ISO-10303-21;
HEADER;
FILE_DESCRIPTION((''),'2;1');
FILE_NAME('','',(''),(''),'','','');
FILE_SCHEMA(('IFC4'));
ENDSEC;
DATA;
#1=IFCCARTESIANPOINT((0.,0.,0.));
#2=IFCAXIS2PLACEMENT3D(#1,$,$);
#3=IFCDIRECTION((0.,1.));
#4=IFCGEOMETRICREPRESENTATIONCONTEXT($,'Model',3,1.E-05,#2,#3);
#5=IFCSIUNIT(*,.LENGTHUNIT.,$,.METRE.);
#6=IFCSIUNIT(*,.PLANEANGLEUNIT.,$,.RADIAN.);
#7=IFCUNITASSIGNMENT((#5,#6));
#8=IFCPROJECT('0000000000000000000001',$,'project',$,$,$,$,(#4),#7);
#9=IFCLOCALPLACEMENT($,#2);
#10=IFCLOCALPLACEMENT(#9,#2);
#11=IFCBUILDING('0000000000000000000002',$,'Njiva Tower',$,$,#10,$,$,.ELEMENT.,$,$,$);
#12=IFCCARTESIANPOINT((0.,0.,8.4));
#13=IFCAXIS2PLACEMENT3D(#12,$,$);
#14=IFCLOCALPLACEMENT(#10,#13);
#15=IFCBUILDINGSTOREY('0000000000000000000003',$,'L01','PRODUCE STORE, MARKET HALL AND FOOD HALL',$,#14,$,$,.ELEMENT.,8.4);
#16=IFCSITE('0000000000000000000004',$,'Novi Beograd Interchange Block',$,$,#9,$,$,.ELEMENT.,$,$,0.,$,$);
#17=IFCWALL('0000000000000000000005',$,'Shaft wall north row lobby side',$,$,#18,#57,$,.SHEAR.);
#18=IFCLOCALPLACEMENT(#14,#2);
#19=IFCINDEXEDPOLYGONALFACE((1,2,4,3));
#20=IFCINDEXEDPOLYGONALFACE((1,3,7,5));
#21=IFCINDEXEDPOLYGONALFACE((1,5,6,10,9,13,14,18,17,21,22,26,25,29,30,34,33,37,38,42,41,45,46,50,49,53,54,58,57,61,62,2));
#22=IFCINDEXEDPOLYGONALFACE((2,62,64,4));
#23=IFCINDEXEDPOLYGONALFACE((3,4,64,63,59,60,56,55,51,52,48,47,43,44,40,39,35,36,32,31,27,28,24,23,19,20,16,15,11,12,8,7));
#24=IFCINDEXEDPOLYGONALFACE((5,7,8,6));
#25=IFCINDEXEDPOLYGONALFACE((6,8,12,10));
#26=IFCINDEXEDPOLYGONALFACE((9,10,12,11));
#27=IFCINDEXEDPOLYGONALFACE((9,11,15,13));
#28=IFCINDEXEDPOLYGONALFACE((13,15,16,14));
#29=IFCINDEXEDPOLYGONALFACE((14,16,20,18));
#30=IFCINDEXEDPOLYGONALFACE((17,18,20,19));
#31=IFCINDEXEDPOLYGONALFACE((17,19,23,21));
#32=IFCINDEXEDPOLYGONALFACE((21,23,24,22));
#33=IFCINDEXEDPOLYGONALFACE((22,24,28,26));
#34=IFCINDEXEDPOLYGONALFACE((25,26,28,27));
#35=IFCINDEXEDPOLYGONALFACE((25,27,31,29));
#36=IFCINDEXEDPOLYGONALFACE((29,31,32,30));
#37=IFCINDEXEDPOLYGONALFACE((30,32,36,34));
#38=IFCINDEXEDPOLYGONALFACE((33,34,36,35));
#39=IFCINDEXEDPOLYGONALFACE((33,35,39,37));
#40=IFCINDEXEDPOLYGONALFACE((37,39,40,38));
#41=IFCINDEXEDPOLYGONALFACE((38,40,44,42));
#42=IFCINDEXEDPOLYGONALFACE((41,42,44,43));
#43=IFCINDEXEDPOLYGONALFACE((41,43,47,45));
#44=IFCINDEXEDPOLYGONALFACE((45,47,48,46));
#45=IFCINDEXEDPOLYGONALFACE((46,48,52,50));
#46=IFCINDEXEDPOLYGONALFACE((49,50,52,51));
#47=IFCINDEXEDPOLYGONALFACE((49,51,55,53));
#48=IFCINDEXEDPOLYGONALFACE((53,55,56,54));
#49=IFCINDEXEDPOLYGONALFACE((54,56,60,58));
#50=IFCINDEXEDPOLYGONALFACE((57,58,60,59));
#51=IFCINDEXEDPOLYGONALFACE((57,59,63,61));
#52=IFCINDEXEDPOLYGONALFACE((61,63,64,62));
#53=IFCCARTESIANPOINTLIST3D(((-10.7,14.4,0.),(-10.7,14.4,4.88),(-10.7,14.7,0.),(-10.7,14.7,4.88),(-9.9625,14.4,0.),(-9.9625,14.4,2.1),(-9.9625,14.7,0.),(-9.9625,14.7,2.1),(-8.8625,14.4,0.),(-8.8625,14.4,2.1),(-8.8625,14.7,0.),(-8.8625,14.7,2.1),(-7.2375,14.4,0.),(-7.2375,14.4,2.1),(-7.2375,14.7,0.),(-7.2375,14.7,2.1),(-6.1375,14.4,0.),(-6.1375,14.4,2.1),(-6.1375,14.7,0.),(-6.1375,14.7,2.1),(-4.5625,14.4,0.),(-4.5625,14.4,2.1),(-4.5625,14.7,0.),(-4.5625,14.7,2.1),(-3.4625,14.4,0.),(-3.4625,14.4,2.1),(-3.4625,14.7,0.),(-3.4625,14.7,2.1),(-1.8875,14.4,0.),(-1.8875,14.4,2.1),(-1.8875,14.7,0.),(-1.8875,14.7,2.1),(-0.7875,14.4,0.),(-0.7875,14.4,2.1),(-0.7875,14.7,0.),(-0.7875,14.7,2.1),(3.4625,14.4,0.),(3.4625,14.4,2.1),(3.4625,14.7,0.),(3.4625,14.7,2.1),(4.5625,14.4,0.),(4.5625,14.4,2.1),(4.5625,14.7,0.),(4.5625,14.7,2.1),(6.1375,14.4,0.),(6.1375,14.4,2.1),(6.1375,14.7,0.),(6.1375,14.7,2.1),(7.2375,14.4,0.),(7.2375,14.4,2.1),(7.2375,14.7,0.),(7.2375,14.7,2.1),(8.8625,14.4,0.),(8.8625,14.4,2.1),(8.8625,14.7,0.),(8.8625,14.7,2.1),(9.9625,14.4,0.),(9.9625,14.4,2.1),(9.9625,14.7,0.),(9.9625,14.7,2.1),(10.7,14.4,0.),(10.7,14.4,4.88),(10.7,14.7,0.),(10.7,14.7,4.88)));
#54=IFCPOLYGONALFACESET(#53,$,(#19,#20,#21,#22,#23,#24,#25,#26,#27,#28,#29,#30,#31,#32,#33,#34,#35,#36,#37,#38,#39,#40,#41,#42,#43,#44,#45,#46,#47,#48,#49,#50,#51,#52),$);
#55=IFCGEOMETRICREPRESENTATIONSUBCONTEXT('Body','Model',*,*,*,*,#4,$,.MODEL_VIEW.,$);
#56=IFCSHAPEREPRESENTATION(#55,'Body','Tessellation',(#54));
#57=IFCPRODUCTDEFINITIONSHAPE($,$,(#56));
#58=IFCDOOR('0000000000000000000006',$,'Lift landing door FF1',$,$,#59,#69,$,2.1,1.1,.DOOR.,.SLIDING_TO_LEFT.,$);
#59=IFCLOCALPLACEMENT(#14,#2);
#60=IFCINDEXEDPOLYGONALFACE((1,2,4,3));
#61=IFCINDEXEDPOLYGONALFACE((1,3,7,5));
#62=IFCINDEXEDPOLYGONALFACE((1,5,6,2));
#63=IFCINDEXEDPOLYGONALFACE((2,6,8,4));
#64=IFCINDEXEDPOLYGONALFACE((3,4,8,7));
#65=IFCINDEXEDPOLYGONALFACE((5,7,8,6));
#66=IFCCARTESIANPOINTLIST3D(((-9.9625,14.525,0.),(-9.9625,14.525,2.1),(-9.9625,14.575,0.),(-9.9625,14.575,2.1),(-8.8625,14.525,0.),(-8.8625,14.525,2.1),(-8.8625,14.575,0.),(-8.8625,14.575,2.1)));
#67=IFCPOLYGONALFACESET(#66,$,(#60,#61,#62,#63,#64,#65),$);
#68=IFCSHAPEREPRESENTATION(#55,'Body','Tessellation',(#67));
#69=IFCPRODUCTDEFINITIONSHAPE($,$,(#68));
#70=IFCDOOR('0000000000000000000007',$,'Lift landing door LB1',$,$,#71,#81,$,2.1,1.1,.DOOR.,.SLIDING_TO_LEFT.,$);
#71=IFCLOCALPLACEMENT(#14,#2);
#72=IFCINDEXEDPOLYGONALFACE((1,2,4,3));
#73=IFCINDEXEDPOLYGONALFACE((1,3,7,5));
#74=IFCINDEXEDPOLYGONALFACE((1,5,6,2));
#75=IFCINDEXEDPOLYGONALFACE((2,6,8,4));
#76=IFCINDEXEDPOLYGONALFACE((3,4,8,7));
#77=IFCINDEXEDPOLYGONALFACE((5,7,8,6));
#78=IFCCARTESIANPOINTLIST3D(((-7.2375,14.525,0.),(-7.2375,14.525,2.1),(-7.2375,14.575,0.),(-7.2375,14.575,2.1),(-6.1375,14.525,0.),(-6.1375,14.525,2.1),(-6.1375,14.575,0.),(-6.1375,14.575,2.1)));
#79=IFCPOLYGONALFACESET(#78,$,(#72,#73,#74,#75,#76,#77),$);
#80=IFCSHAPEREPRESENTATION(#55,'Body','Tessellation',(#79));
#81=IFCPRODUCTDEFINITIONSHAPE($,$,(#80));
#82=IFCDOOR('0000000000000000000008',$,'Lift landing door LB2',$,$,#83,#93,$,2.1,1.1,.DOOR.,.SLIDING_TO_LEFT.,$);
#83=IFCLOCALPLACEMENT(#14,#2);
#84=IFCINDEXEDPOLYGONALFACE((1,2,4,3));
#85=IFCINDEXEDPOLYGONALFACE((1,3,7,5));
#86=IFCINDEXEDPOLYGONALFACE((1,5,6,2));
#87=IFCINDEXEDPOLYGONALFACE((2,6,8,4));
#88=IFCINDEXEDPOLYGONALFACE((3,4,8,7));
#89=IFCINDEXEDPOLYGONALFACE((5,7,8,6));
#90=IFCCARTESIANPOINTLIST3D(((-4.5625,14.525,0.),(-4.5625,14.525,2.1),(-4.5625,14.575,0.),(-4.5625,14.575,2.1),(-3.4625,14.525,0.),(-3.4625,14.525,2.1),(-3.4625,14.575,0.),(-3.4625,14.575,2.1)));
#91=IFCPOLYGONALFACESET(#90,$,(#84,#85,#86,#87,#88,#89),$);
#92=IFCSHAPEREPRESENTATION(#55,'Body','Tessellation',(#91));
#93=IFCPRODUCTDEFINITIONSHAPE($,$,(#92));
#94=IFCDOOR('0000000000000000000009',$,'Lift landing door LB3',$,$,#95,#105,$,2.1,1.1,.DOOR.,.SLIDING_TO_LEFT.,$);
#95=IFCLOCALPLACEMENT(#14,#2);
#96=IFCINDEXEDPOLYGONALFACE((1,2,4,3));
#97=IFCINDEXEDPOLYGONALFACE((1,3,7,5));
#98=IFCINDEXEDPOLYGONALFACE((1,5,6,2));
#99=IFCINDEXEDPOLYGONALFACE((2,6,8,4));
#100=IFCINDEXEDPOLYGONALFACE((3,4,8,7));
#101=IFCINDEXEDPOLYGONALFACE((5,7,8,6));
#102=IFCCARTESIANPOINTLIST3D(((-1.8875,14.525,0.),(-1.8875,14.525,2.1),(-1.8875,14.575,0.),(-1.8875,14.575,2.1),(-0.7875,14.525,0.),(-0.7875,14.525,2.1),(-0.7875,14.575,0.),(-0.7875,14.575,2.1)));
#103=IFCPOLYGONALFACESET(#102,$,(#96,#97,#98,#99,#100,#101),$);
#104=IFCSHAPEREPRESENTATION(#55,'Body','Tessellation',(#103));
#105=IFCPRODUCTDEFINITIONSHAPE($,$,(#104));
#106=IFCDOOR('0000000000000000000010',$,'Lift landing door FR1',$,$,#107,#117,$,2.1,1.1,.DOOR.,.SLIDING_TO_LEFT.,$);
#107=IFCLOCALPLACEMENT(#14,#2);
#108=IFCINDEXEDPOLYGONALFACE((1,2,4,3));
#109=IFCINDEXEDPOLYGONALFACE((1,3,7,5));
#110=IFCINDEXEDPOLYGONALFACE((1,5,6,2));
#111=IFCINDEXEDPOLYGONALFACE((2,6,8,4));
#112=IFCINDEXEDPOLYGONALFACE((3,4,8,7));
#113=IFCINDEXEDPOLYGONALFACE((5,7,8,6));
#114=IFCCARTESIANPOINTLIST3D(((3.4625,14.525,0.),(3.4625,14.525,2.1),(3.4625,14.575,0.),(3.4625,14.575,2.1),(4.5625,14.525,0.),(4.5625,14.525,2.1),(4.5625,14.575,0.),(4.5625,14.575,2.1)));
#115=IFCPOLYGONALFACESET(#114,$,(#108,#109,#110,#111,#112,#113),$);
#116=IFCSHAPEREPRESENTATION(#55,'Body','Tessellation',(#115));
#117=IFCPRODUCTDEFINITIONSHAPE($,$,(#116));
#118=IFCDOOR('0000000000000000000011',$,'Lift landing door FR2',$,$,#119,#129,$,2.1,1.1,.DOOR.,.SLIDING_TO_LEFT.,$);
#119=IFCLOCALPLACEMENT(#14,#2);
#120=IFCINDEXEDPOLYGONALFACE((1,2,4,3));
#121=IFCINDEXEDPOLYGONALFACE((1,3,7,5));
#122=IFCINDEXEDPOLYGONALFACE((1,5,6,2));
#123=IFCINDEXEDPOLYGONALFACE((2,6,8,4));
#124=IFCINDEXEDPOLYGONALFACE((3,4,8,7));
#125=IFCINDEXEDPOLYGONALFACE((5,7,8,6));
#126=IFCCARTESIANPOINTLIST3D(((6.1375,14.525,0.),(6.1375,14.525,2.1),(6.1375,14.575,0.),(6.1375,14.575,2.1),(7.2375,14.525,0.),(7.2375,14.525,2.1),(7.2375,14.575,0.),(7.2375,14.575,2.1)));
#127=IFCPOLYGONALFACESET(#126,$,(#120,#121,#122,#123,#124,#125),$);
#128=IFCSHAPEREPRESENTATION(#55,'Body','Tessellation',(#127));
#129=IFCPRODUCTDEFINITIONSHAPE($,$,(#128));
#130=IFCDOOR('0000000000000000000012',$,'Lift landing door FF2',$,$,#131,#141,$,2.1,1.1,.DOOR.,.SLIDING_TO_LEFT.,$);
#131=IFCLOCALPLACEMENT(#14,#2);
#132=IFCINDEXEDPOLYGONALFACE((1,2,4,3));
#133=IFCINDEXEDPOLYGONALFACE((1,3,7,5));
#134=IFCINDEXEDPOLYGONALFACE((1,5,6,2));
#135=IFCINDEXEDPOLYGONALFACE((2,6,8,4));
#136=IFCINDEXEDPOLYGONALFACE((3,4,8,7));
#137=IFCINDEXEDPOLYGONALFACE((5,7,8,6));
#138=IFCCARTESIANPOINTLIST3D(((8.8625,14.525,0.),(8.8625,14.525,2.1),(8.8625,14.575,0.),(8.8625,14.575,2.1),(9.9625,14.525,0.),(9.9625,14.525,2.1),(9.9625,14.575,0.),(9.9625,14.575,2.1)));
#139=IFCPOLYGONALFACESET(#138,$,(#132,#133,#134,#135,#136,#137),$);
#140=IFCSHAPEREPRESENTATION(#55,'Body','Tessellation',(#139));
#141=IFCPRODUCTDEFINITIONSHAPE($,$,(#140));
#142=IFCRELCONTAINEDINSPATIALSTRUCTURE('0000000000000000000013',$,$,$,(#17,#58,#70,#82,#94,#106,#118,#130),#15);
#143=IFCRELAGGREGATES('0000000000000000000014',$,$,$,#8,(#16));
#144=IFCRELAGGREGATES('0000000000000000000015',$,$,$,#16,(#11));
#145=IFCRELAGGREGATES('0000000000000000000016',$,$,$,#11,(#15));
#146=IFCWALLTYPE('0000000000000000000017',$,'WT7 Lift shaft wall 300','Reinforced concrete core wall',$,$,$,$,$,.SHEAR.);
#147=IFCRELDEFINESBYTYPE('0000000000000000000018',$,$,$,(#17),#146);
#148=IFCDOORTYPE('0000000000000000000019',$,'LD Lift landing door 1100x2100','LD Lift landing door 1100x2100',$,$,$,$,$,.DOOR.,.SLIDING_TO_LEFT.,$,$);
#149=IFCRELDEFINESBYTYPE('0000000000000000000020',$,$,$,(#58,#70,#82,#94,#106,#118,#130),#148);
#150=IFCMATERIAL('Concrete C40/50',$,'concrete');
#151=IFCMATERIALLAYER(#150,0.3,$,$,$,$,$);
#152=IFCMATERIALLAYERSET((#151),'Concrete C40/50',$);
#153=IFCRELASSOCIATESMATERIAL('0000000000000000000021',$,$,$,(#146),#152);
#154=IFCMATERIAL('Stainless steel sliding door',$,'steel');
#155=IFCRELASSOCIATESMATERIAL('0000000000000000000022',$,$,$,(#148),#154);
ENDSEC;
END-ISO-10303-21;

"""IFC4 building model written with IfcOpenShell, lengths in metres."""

from ifc_helpers import new_model, si_unit, direction, frame, frame_2d, origin, place, context, subcontext, project, spatial, rectangle, extrude, material, layer, layer_set, type_object, element, fill, save


model = new_model("IFC4")

# Units and contexts
model_context = context("Model", 3, precision=1e-05, world=origin(), true_north=direction((0.0, 1.0)))
body_context = subcontext(model_context, "Body", "Model", "MODEL_VIEW")
ifc_project = project(units=[si_unit("LENGTHUNIT", "METRE"), si_unit("PLANEANGLEUNIT", "RADIAN")], contexts=[model_context])

# Site, building, storey
site_placement = place(None, origin())
site = spatial("IfcSite", under=ifc_project, at=site_placement, Name="Novi Beograd Interchange Block", CompositionType="ELEMENT", RefElevation=0.0)
building_placement = place(site_placement, origin())
building = spatial("IfcBuilding", under=site, at=building_placement, Name="Njiva Tower", CompositionType="ELEMENT")
storey_placement = place(building_placement, frame((0.0, 0.0, 8.4)))
storey = spatial("IfcBuildingStorey", under=building, at=storey_placement, Name="L01", Description="PRODUCE STORE, MARKET HALL AND FOOD HALL", CompositionType="ELEMENT", Elevation=8.4)

# Shared definitions
ifc_material_1 = material(Name="Concrete C40/50", Category="concrete")

# Wall, openings, doors
ifc_layer_1 = layer(ifc_material_1, 0.3)
ifc_layer_set_1 = layer_set([ifc_layer_1], Name="Concrete C40/50")
wall_type_1 = type_object("IfcWallType", Name="WT7 Lift shaft wall 300", Description="Reinforced concrete core wall", PredefinedType="SHEAR", material=ifc_layer_set_1)
wall_placement = place(storey_placement, frame((-10.7, 14.55, 0.0), z_axis=(0.0, 0.0, 1.0), x_axis=(1.0, 0.0, 0.0)))
wall = element("IfcWall", 1, at=wall_placement, inside=storey, type_object=wall_type_1, Name="Shaft wall north row lobby side", PredefinedType="SHEAR", context=body_context, shape_type="SweptSolid", body=[
    extrude(rectangle(XDim=21.4, YDim=0.3, at=frame_2d((10.7, 0.0))), origin(), (0.0, 0.0, 1.0), 4.88),
])
opening_1_placement = place(wall_placement, frame((0.7375, 0.0, 0.0)))
opening_1 = element("IfcOpeningElement", 2, at=opening_1_placement, cuts=wall, PredefinedType="OPENING", context=body_context, shape_type="SweptSolid", body=[
    extrude(rectangle(XDim=1.1, YDim=2.1, at=frame_2d((0.55, 1.05))), frame((0.0, 0.16, 0.0), z_axis=(0.0, -1.0, 0.0), x_axis=(1.0, 0.0, 0.0)), (0.0, 0.0, 1.0), 0.32),
])
opening_2_placement = place(wall_placement, frame((3.4625, 0.0, 0.0)))
opening_2 = element("IfcOpeningElement", 3, at=opening_2_placement, cuts=wall, PredefinedType="OPENING", context=body_context, shape_type="SweptSolid", body=[
    extrude(rectangle(XDim=1.1, YDim=2.1, at=frame_2d((0.55, 1.05))), frame((0.0, 0.16, 0.0), z_axis=(0.0, -1.0, 0.0), x_axis=(1.0, 0.0, 0.0)), (0.0, 0.0, 1.0), 0.32),
])
opening_3_placement = place(wall_placement, frame((6.1375, 0.0, 0.0)))
opening_3 = element("IfcOpeningElement", 4, at=opening_3_placement, cuts=wall, PredefinedType="OPENING", context=body_context, shape_type="SweptSolid", body=[
    extrude(rectangle(XDim=1.1, YDim=2.1, at=frame_2d((0.55, 1.05))), frame((0.0, 0.16, 0.0), z_axis=(0.0, -1.0, 0.0), x_axis=(1.0, 0.0, 0.0)), (0.0, 0.0, 1.0), 0.32),
])
opening_4_placement = place(wall_placement, frame((8.8125, 0.0, 0.0)))
opening_4 = element("IfcOpeningElement", 5, at=opening_4_placement, cuts=wall, PredefinedType="OPENING", context=body_context, shape_type="SweptSolid", body=[
    extrude(rectangle(XDim=1.1, YDim=2.1, at=frame_2d((0.55, 1.05))), frame((0.0, 0.16, 0.0), z_axis=(0.0, -1.0, 0.0), x_axis=(1.0, 0.0, 0.0)), (0.0, 0.0, 1.0), 0.32),
])
opening_5_placement = place(wall_placement, frame((14.1625, 0.0, 0.0)))
opening_5 = element("IfcOpeningElement", 6, at=opening_5_placement, cuts=wall, PredefinedType="OPENING", context=body_context, shape_type="SweptSolid", body=[
    extrude(rectangle(XDim=1.1, YDim=2.1, at=frame_2d((0.55, 1.05))), frame((0.0, 0.16, 0.0), z_axis=(0.0, -1.0, 0.0), x_axis=(1.0, 0.0, 0.0)), (0.0, 0.0, 1.0), 0.32),
])
opening_6_placement = place(wall_placement, frame((16.8375, 0.0, 0.0)))
opening_6 = element("IfcOpeningElement", 7, at=opening_6_placement, cuts=wall, PredefinedType="OPENING", context=body_context, shape_type="SweptSolid", body=[
    extrude(rectangle(XDim=1.1, YDim=2.1, at=frame_2d((0.55, 1.05))), frame((0.0, 0.16, 0.0), z_axis=(0.0, -1.0, 0.0), x_axis=(1.0, 0.0, 0.0)), (0.0, 0.0, 1.0), 0.32),
])
opening_7_placement = place(wall_placement, frame((19.5625, 0.0, 0.0)))
opening_7 = element("IfcOpeningElement", 8, at=opening_7_placement, cuts=wall, PredefinedType="OPENING", context=body_context, shape_type="SweptSolid", body=[
    extrude(rectangle(XDim=1.1, YDim=2.1, at=frame_2d((0.55, 1.05))), frame((0.0, 0.16, 0.0), z_axis=(0.0, -1.0, 0.0), x_axis=(1.0, 0.0, 0.0)), (0.0, 0.0, 1.0), 0.32),
])
ifc_material_2 = material(Name="Stainless steel sliding door", Category="steel")
door_type = type_object("IfcDoorType", Name="LD Lift landing door 1100x2100", Description="LD Lift landing door 1100x2100", OperationType="SLIDING_TO_LEFT", PredefinedType="DOOR", material=ifc_material_2)
door_1_placement = place(opening_1_placement, origin())
door_1 = element("IfcDoor", 9, at=door_1_placement, inside=storey, type_object=door_type, Name="Lift landing door FF1", OperationType="SLIDING_TO_LEFT", OverallHeight=2.1, OverallWidth=1.1, PredefinedType="DOOR", context=body_context, shape_type="SweptSolid", body=[
    extrude(rectangle(XDim=1.1, YDim=2.1, at=frame_2d((0.55, 1.05))), frame((0.0, 0.025, 0.0), z_axis=(0.0, -1.0, 0.0), x_axis=(1.0, 0.0, 0.0)), (0.0, 0.0, 1.0), 0.05),
])
fill(opening_1, door_1)
door_2_placement = place(opening_2_placement, origin())
door_2 = element("IfcDoor", 10, at=door_2_placement, inside=storey, type_object=door_type, Name="Lift landing door LB1", OperationType="SLIDING_TO_LEFT", OverallHeight=2.1, OverallWidth=1.1, PredefinedType="DOOR", context=body_context, shape_type="SweptSolid", body=[
    extrude(rectangle(XDim=1.1, YDim=2.1, at=frame_2d((0.55, 1.05))), frame((0.0, 0.025, 0.0), z_axis=(0.0, -1.0, 0.0), x_axis=(1.0, 0.0, 0.0)), (0.0, 0.0, 1.0), 0.05),
])
fill(opening_2, door_2)
door_3_placement = place(opening_3_placement, origin())
door_3 = element("IfcDoor", 11, at=door_3_placement, inside=storey, type_object=door_type, Name="Lift landing door LB2", OperationType="SLIDING_TO_LEFT", OverallHeight=2.1, OverallWidth=1.1, PredefinedType="DOOR", context=body_context, shape_type="SweptSolid", body=[
    extrude(rectangle(XDim=1.1, YDim=2.1, at=frame_2d((0.55, 1.05))), frame((0.0, 0.025, 0.0), z_axis=(0.0, -1.0, 0.0), x_axis=(1.0, 0.0, 0.0)), (0.0, 0.0, 1.0), 0.05),
])
fill(opening_3, door_3)
door_4_placement = place(opening_4_placement, origin())
door_4 = element("IfcDoor", 12, at=door_4_placement, inside=storey, type_object=door_type, Name="Lift landing door LB3", OperationType="SLIDING_TO_LEFT", OverallHeight=2.1, OverallWidth=1.1, PredefinedType="DOOR", context=body_context, shape_type="SweptSolid", body=[
    extrude(rectangle(XDim=1.1, YDim=2.1, at=frame_2d((0.55, 1.05))), frame((0.0, 0.025, 0.0), z_axis=(0.0, -1.0, 0.0), x_axis=(1.0, 0.0, 0.0)), (0.0, 0.0, 1.0), 0.05),
])
fill(opening_4, door_4)
door_5_placement = place(opening_5_placement, origin())
door_5 = element("IfcDoor", 13, at=door_5_placement, inside=storey, type_object=door_type, Name="Lift landing door FR1", OperationType="SLIDING_TO_LEFT", OverallHeight=2.1, OverallWidth=1.1, PredefinedType="DOOR", context=body_context, shape_type="SweptSolid", body=[
    extrude(rectangle(XDim=1.1, YDim=2.1, at=frame_2d((0.55, 1.05))), frame((0.0, 0.025, 0.0), z_axis=(0.0, -1.0, 0.0), x_axis=(1.0, 0.0, 0.0)), (0.0, 0.0, 1.0), 0.05),
])
fill(opening_5, door_5)
door_6_placement = place(opening_6_placement, origin())
door_6 = element("IfcDoor", 14, at=door_6_placement, inside=storey, type_object=door_type, Name="Lift landing door FR2", OperationType="SLIDING_TO_LEFT", OverallHeight=2.1, OverallWidth=1.1, PredefinedType="DOOR", context=body_context, shape_type="SweptSolid", body=[
    extrude(rectangle(XDim=1.1, YDim=2.1, at=frame_2d((0.55, 1.05))), frame((0.0, 0.025, 0.0), z_axis=(0.0, -1.0, 0.0), x_axis=(1.0, 0.0, 0.0)), (0.0, 0.0, 1.0), 0.05),
])
fill(opening_6, door_6)
door_7_placement = place(opening_7_placement, origin())
door_7 = element("IfcDoor", 15, at=door_7_placement, inside=storey, type_object=door_type, Name="Lift landing door FF2", OperationType="SLIDING_TO_LEFT", OverallHeight=2.1, OverallWidth=1.1, PredefinedType="DOOR", context=body_context, shape_type="SweptSolid", body=[
    extrude(rectangle(XDim=1.1, YDim=2.1, at=frame_2d((0.55, 1.05))), frame((0.0, 0.025, 0.0), z_axis=(0.0, -1.0, 0.0), x_axis=(1.0, 0.0, 0.0)), (0.0, 0.0, 1.0), 0.05),
])
fill(opening_7, door_7)

save(model, "model.ifc")
